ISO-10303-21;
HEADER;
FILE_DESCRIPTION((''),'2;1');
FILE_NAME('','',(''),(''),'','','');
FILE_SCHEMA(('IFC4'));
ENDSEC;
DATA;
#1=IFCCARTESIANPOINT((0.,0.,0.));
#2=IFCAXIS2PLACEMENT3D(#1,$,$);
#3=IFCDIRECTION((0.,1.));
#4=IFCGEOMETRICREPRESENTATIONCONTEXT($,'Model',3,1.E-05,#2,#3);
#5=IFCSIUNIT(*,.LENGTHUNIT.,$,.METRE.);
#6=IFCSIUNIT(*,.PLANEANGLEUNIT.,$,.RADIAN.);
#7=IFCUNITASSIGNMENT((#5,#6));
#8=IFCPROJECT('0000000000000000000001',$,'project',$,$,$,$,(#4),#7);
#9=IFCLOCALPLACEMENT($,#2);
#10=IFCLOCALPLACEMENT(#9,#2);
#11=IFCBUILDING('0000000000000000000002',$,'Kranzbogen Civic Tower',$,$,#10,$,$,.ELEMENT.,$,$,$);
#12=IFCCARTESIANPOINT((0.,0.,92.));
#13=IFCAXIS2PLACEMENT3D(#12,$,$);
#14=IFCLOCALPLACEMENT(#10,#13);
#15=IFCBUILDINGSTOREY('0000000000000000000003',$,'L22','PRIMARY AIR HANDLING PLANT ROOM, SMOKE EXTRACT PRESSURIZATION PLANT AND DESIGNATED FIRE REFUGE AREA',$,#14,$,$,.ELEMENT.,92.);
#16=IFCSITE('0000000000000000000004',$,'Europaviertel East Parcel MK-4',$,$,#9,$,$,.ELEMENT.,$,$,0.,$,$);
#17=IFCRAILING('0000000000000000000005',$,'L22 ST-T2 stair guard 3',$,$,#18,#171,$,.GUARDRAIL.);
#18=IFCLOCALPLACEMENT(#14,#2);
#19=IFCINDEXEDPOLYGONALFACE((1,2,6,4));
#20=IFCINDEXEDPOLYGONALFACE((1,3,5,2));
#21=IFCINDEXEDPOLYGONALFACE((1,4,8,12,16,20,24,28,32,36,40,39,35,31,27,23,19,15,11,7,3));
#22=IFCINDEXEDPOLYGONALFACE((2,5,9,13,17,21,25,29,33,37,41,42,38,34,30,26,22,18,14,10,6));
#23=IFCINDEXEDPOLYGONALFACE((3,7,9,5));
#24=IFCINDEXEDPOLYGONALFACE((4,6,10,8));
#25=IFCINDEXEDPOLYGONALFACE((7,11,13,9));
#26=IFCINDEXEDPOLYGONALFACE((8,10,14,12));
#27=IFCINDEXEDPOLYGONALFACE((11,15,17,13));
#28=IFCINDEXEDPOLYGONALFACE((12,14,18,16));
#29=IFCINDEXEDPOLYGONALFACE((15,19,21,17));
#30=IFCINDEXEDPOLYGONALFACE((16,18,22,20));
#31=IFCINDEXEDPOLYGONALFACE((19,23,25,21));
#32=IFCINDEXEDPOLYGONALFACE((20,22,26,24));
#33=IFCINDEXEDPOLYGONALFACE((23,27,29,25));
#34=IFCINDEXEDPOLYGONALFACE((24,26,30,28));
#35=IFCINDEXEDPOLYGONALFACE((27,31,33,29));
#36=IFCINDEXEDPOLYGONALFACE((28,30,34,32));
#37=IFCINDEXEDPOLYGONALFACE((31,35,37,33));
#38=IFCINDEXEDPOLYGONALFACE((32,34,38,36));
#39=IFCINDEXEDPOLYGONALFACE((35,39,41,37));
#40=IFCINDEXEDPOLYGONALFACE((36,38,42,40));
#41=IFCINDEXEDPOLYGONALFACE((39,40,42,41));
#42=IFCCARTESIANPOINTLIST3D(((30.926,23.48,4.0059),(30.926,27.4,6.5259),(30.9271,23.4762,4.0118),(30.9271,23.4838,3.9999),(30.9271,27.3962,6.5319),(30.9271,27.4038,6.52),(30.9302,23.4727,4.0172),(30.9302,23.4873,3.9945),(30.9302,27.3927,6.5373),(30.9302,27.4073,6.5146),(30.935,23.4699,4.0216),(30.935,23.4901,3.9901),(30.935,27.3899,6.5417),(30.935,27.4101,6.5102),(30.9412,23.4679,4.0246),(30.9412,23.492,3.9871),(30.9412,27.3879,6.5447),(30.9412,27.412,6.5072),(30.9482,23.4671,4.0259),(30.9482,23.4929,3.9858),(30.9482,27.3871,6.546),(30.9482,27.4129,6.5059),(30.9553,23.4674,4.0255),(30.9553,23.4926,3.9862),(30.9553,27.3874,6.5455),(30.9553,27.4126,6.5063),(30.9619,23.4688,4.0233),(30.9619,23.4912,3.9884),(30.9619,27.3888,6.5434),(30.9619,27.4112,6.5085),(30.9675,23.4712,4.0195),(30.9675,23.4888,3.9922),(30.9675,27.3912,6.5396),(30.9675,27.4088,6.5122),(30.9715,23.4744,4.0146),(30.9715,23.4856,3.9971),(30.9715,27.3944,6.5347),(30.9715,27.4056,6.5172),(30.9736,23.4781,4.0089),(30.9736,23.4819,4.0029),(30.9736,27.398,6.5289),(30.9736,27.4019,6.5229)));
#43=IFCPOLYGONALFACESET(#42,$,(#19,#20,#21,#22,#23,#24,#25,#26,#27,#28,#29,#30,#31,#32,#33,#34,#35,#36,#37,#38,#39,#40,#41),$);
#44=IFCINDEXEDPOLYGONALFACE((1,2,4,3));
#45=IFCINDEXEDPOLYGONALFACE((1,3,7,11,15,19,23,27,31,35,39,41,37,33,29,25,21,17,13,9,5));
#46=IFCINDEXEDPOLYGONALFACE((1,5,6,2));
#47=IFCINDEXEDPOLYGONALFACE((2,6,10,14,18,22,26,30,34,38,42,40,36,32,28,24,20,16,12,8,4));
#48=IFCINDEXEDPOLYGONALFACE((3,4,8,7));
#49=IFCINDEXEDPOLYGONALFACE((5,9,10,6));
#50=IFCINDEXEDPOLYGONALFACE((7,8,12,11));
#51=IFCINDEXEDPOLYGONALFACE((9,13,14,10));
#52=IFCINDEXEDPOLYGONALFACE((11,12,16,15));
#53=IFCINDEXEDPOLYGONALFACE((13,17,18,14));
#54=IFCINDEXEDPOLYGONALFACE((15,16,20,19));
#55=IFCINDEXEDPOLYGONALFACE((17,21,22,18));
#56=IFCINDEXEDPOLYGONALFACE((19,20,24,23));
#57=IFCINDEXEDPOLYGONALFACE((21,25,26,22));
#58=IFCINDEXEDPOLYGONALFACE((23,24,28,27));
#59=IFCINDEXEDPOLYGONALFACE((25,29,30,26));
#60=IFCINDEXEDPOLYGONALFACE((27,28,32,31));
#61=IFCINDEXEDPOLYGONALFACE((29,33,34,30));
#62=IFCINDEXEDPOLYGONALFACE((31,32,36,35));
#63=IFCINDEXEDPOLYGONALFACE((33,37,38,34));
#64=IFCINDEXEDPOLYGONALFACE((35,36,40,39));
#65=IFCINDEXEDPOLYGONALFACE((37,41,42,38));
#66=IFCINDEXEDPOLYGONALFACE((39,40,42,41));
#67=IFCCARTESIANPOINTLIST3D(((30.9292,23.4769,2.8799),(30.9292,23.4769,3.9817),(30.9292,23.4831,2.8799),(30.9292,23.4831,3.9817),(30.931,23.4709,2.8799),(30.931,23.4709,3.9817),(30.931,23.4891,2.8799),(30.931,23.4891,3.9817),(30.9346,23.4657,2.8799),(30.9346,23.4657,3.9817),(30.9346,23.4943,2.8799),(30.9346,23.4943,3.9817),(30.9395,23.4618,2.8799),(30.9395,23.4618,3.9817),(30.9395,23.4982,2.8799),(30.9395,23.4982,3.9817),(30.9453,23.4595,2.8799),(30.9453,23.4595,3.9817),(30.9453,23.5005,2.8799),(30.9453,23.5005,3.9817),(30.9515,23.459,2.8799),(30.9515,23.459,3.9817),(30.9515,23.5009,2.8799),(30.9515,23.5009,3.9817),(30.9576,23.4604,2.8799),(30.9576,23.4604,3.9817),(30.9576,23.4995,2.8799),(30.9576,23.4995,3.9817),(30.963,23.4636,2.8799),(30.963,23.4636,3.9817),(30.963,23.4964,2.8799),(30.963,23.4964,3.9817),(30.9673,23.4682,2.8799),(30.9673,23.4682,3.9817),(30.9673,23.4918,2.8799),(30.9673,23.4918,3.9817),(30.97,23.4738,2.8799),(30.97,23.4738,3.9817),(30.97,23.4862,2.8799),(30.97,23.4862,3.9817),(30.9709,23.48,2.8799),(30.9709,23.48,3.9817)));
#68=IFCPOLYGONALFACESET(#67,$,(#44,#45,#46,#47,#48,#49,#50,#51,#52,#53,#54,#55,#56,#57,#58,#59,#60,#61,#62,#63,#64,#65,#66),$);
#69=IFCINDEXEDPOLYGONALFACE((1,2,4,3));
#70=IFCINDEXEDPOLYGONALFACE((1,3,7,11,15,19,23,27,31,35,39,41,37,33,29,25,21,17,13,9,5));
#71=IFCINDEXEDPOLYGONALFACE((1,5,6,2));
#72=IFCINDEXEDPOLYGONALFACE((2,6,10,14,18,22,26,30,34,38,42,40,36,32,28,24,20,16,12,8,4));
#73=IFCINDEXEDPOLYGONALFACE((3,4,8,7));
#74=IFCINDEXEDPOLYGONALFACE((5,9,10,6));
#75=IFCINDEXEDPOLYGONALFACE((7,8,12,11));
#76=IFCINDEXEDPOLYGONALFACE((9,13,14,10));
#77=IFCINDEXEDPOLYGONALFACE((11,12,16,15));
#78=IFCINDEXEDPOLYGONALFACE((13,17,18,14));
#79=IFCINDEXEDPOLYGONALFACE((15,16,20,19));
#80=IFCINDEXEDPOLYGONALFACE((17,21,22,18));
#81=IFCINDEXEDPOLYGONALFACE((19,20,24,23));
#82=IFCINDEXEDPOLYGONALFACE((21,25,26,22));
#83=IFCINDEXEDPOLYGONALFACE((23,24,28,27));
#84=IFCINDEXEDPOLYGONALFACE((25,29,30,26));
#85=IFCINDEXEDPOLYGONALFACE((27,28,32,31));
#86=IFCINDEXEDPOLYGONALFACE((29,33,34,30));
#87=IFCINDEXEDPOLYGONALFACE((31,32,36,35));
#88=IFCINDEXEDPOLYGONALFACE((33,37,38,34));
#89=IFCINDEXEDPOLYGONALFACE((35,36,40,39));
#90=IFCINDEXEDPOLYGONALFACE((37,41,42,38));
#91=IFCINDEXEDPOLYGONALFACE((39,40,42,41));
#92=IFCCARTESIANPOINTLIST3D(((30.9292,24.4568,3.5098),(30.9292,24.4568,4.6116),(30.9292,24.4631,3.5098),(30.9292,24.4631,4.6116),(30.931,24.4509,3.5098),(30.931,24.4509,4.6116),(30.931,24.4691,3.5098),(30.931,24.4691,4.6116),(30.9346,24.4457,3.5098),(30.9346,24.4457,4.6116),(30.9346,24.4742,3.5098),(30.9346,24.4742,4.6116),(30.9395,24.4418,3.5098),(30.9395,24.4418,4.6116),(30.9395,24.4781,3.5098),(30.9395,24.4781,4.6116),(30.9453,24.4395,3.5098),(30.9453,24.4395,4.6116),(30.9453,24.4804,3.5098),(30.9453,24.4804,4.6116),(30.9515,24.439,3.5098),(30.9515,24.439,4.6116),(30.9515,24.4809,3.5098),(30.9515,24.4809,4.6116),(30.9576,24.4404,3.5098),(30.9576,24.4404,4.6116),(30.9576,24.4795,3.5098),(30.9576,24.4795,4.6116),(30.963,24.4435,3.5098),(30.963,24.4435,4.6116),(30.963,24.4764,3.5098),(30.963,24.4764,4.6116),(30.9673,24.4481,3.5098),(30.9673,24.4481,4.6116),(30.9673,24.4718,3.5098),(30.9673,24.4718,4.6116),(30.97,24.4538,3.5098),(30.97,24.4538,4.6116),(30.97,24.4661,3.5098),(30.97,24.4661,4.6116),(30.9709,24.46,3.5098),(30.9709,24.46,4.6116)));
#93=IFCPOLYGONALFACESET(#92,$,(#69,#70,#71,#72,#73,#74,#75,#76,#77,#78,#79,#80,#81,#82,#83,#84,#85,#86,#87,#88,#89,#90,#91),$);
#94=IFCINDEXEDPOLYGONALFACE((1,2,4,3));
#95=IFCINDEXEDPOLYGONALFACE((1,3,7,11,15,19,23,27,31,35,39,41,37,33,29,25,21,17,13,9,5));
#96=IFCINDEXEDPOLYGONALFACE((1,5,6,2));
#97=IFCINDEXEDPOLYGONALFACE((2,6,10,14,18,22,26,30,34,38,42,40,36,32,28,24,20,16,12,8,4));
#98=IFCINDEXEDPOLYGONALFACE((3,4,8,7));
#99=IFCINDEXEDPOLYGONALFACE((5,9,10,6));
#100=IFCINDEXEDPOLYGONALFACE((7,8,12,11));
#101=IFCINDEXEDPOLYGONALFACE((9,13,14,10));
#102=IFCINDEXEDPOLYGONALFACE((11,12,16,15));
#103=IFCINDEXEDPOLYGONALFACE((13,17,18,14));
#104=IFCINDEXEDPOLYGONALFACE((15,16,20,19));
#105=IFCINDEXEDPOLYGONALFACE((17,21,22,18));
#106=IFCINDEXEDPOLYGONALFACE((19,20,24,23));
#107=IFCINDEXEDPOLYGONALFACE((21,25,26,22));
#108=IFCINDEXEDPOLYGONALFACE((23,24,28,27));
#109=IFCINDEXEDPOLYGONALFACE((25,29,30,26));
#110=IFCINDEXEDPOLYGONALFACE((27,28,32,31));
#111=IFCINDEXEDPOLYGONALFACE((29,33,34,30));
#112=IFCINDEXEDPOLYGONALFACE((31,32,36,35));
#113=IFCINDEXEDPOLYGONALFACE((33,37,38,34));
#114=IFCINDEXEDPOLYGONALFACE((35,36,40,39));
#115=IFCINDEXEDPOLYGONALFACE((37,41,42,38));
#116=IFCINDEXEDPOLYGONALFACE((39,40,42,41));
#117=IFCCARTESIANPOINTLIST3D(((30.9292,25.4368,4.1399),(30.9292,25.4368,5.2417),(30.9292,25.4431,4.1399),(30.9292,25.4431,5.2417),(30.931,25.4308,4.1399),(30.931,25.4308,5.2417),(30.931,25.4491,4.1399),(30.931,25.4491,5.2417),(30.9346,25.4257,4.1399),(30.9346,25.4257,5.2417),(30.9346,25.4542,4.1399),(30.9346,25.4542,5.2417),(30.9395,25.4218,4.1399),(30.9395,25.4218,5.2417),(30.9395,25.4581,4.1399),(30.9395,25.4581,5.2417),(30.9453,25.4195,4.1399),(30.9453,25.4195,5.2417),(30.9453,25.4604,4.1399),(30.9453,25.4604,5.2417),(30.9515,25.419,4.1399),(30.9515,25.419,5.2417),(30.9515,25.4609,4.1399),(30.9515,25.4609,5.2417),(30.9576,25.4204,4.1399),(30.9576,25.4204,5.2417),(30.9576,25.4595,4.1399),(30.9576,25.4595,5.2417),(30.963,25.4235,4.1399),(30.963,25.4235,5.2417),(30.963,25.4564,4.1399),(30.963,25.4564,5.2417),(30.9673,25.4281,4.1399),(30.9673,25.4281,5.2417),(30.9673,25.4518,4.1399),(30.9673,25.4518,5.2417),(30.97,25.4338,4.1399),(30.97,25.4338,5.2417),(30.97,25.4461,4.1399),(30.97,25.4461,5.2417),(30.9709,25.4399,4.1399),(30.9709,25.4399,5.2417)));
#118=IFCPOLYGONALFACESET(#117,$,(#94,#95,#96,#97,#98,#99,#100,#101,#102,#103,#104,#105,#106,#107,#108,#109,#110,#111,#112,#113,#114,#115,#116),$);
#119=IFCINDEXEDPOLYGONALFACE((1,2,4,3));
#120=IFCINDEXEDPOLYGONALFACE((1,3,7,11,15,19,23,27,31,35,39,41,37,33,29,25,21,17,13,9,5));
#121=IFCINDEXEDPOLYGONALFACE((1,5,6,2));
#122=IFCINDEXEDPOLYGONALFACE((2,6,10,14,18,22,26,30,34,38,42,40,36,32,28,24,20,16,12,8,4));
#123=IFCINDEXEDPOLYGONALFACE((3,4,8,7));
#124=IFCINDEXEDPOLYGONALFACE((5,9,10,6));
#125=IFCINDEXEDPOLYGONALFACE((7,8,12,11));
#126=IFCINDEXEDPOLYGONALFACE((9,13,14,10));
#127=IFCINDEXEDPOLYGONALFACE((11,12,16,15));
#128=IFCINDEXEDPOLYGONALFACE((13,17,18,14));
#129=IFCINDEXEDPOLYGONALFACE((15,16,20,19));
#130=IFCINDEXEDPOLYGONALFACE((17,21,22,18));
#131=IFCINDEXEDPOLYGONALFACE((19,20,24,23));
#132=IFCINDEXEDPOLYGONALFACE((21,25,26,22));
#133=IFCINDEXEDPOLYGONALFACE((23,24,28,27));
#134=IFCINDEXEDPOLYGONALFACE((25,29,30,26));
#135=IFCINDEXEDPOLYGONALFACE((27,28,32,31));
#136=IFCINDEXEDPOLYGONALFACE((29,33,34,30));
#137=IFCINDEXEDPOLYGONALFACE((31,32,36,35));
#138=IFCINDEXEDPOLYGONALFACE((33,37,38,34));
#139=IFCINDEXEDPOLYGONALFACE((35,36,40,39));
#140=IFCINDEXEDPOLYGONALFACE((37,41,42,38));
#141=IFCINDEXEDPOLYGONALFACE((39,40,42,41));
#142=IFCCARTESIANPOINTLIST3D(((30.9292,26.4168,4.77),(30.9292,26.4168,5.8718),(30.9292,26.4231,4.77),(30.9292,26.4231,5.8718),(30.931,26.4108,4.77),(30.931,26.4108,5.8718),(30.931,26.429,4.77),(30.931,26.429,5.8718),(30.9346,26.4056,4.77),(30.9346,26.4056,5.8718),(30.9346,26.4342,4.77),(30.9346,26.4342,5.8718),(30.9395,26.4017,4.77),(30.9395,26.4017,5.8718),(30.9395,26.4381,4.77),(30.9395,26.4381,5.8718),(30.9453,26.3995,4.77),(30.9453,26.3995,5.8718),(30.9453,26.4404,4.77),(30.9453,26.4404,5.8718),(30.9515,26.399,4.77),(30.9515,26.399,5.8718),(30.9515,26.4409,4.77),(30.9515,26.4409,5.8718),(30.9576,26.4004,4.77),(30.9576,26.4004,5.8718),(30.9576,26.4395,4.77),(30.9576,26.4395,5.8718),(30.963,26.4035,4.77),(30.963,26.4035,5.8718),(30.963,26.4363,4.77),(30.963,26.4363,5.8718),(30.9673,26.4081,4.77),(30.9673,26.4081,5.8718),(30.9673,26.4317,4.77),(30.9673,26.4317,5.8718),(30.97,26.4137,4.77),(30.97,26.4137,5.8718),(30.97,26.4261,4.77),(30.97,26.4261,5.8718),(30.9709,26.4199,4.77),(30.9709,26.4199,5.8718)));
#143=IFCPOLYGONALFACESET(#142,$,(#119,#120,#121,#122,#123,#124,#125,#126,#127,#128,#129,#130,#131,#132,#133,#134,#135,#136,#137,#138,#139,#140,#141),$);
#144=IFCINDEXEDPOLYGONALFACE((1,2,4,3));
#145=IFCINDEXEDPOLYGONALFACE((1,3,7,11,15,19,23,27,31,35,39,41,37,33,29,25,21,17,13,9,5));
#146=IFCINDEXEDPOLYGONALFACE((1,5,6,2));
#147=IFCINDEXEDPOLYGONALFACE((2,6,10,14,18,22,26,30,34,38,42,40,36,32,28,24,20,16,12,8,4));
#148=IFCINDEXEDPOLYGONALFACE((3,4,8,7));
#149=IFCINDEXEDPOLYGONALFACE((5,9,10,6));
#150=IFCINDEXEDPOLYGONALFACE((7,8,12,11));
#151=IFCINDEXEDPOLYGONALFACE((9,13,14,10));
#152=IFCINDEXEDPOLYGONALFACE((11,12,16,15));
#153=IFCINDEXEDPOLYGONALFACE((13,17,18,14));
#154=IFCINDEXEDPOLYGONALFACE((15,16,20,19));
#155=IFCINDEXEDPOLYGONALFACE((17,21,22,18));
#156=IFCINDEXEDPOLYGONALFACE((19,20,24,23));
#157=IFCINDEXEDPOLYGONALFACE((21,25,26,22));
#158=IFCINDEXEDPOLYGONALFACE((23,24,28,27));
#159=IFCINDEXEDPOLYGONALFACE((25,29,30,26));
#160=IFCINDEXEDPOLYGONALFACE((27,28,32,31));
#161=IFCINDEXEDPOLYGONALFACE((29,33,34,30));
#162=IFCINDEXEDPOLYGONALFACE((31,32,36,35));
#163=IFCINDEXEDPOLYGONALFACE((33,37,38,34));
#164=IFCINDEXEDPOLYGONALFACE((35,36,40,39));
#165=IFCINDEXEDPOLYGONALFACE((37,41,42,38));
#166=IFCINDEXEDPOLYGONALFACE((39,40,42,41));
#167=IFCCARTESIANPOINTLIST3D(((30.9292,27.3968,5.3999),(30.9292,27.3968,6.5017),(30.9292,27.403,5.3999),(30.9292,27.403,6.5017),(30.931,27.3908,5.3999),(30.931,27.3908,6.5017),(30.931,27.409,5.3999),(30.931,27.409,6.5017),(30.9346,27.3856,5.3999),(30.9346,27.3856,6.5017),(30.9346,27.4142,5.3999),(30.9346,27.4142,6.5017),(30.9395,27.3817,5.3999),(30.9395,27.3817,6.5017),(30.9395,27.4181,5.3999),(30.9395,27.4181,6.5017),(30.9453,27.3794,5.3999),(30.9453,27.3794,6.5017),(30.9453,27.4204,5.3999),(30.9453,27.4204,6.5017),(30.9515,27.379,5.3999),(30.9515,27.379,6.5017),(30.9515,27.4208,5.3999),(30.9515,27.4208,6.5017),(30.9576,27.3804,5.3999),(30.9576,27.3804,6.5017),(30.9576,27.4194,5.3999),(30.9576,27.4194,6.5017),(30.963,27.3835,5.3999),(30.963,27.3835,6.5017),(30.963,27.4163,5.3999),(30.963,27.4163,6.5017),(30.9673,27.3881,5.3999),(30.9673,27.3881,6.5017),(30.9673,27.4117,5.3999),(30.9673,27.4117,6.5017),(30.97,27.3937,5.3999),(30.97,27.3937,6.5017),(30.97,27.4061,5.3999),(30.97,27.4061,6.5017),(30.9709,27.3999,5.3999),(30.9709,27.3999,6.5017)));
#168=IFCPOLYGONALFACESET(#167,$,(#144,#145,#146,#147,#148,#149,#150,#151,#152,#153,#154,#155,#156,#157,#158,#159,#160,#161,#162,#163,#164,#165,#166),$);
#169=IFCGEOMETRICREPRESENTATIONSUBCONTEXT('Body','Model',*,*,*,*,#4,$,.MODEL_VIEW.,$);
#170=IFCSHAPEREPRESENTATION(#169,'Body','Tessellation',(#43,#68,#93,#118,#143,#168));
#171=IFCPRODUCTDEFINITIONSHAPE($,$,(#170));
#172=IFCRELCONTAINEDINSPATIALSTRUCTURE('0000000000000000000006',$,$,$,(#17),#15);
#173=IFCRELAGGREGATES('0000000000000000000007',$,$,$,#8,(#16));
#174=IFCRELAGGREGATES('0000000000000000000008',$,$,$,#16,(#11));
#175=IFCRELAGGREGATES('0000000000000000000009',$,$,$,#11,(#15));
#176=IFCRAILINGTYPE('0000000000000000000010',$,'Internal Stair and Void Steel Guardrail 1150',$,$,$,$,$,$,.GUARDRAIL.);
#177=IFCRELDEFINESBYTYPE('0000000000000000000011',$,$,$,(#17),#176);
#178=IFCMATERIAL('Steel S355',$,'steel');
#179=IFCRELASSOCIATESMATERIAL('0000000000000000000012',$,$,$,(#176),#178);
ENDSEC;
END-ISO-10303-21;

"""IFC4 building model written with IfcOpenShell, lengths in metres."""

from ifc_helpers import new_model, si_unit, direction, frame, origin, origin_2d, place, context, subcontext, project, spatial, circle, extrude, material, type_object, element, save


model = new_model("IFC4")

# Units and contexts
model_context = context("Model", 3, precision=1e-05, world=origin(), true_north=direction((0.0, 1.0)))
body_context = subcontext(model_context, "Body", "Model", "MODEL_VIEW")
ifc_project = project(units=[si_unit("LENGTHUNIT", "METRE"), si_unit("PLANEANGLEUNIT", "RADIAN")], contexts=[model_context])

# Site, building, storey
site_placement = place(None, origin())
site = spatial("IfcSite", under=ifc_project, at=site_placement, Name="Europaviertel East Parcel MK-4", CompositionType="ELEMENT", RefElevation=0.0)
building_placement = place(site_placement, origin())
building = spatial("IfcBuilding", under=site, at=building_placement, Name="Kranzbogen Civic Tower", CompositionType="ELEMENT")
storey_placement = place(building_placement, frame((0.0, 0.0, 92.0)))
storey = spatial("IfcBuildingStorey", under=building, at=storey_placement, Name="L22", Description="PRIMARY AIR HANDLING PLANT ROOM, SMOKE EXTRACT PRESSURIZATION PLANT AND DESIGNATED FIRE REFUGE AREA", CompositionType="ELEMENT", Elevation=92.0)

# Shared definitions
ifc_material_1 = material(Name="Steel S355", Category="steel")

# Railing
railing_type_1 = type_object("IfcRailingType", Name="Internal Stair and Void Steel Guardrail 1150", PredefinedType="GUARDRAIL", material=ifc_material_1)
railing_1_placement = place(storey_placement, frame((30.95, 23.48, 2.8799)))
element("IfcRailing", 1, at=railing_1_placement, inside=storey, type_object=railing_type_1, Name="L22 ST-T2 stair guard 3", PredefinedType="GUARDRAIL", context=body_context, shape_type="SweptSolid", body=[
    extrude(circle(Radius=0.0239, at=origin_2d()), frame((0.0, 0.0, 1.126), z_axis=(0.0, 0.841172, 0.540768), x_axis=(-1.0, 0.0, 0.0)), (0.0, 0.0, 1.0), 4.6602),
    extrude(circle(Radius=0.021, at=origin_2d()), origin(), (0.0, 0.0, 1.0), 1.1018),
    extrude(circle(Radius=0.021, at=origin_2d()), frame((0.0, 0.98, 0.6299)), (0.0, 0.0, 1.0), 1.1018),
    extrude(circle(Radius=0.021, at=origin_2d()), frame((0.0, 1.96, 1.26)), (0.0, 0.0, 1.0), 1.1018),
    extrude(circle(Radius=0.021, at=origin_2d()), frame((0.0, 2.9399, 1.8901)), (0.0, 0.0, 1.0), 1.1018),
    extrude(circle(Radius=0.021, at=origin_2d()), frame((0.0, 3.9199, 2.52)), (0.0, 0.0, 1.0), 1.1018),
])

save(model, "model.ifc")
